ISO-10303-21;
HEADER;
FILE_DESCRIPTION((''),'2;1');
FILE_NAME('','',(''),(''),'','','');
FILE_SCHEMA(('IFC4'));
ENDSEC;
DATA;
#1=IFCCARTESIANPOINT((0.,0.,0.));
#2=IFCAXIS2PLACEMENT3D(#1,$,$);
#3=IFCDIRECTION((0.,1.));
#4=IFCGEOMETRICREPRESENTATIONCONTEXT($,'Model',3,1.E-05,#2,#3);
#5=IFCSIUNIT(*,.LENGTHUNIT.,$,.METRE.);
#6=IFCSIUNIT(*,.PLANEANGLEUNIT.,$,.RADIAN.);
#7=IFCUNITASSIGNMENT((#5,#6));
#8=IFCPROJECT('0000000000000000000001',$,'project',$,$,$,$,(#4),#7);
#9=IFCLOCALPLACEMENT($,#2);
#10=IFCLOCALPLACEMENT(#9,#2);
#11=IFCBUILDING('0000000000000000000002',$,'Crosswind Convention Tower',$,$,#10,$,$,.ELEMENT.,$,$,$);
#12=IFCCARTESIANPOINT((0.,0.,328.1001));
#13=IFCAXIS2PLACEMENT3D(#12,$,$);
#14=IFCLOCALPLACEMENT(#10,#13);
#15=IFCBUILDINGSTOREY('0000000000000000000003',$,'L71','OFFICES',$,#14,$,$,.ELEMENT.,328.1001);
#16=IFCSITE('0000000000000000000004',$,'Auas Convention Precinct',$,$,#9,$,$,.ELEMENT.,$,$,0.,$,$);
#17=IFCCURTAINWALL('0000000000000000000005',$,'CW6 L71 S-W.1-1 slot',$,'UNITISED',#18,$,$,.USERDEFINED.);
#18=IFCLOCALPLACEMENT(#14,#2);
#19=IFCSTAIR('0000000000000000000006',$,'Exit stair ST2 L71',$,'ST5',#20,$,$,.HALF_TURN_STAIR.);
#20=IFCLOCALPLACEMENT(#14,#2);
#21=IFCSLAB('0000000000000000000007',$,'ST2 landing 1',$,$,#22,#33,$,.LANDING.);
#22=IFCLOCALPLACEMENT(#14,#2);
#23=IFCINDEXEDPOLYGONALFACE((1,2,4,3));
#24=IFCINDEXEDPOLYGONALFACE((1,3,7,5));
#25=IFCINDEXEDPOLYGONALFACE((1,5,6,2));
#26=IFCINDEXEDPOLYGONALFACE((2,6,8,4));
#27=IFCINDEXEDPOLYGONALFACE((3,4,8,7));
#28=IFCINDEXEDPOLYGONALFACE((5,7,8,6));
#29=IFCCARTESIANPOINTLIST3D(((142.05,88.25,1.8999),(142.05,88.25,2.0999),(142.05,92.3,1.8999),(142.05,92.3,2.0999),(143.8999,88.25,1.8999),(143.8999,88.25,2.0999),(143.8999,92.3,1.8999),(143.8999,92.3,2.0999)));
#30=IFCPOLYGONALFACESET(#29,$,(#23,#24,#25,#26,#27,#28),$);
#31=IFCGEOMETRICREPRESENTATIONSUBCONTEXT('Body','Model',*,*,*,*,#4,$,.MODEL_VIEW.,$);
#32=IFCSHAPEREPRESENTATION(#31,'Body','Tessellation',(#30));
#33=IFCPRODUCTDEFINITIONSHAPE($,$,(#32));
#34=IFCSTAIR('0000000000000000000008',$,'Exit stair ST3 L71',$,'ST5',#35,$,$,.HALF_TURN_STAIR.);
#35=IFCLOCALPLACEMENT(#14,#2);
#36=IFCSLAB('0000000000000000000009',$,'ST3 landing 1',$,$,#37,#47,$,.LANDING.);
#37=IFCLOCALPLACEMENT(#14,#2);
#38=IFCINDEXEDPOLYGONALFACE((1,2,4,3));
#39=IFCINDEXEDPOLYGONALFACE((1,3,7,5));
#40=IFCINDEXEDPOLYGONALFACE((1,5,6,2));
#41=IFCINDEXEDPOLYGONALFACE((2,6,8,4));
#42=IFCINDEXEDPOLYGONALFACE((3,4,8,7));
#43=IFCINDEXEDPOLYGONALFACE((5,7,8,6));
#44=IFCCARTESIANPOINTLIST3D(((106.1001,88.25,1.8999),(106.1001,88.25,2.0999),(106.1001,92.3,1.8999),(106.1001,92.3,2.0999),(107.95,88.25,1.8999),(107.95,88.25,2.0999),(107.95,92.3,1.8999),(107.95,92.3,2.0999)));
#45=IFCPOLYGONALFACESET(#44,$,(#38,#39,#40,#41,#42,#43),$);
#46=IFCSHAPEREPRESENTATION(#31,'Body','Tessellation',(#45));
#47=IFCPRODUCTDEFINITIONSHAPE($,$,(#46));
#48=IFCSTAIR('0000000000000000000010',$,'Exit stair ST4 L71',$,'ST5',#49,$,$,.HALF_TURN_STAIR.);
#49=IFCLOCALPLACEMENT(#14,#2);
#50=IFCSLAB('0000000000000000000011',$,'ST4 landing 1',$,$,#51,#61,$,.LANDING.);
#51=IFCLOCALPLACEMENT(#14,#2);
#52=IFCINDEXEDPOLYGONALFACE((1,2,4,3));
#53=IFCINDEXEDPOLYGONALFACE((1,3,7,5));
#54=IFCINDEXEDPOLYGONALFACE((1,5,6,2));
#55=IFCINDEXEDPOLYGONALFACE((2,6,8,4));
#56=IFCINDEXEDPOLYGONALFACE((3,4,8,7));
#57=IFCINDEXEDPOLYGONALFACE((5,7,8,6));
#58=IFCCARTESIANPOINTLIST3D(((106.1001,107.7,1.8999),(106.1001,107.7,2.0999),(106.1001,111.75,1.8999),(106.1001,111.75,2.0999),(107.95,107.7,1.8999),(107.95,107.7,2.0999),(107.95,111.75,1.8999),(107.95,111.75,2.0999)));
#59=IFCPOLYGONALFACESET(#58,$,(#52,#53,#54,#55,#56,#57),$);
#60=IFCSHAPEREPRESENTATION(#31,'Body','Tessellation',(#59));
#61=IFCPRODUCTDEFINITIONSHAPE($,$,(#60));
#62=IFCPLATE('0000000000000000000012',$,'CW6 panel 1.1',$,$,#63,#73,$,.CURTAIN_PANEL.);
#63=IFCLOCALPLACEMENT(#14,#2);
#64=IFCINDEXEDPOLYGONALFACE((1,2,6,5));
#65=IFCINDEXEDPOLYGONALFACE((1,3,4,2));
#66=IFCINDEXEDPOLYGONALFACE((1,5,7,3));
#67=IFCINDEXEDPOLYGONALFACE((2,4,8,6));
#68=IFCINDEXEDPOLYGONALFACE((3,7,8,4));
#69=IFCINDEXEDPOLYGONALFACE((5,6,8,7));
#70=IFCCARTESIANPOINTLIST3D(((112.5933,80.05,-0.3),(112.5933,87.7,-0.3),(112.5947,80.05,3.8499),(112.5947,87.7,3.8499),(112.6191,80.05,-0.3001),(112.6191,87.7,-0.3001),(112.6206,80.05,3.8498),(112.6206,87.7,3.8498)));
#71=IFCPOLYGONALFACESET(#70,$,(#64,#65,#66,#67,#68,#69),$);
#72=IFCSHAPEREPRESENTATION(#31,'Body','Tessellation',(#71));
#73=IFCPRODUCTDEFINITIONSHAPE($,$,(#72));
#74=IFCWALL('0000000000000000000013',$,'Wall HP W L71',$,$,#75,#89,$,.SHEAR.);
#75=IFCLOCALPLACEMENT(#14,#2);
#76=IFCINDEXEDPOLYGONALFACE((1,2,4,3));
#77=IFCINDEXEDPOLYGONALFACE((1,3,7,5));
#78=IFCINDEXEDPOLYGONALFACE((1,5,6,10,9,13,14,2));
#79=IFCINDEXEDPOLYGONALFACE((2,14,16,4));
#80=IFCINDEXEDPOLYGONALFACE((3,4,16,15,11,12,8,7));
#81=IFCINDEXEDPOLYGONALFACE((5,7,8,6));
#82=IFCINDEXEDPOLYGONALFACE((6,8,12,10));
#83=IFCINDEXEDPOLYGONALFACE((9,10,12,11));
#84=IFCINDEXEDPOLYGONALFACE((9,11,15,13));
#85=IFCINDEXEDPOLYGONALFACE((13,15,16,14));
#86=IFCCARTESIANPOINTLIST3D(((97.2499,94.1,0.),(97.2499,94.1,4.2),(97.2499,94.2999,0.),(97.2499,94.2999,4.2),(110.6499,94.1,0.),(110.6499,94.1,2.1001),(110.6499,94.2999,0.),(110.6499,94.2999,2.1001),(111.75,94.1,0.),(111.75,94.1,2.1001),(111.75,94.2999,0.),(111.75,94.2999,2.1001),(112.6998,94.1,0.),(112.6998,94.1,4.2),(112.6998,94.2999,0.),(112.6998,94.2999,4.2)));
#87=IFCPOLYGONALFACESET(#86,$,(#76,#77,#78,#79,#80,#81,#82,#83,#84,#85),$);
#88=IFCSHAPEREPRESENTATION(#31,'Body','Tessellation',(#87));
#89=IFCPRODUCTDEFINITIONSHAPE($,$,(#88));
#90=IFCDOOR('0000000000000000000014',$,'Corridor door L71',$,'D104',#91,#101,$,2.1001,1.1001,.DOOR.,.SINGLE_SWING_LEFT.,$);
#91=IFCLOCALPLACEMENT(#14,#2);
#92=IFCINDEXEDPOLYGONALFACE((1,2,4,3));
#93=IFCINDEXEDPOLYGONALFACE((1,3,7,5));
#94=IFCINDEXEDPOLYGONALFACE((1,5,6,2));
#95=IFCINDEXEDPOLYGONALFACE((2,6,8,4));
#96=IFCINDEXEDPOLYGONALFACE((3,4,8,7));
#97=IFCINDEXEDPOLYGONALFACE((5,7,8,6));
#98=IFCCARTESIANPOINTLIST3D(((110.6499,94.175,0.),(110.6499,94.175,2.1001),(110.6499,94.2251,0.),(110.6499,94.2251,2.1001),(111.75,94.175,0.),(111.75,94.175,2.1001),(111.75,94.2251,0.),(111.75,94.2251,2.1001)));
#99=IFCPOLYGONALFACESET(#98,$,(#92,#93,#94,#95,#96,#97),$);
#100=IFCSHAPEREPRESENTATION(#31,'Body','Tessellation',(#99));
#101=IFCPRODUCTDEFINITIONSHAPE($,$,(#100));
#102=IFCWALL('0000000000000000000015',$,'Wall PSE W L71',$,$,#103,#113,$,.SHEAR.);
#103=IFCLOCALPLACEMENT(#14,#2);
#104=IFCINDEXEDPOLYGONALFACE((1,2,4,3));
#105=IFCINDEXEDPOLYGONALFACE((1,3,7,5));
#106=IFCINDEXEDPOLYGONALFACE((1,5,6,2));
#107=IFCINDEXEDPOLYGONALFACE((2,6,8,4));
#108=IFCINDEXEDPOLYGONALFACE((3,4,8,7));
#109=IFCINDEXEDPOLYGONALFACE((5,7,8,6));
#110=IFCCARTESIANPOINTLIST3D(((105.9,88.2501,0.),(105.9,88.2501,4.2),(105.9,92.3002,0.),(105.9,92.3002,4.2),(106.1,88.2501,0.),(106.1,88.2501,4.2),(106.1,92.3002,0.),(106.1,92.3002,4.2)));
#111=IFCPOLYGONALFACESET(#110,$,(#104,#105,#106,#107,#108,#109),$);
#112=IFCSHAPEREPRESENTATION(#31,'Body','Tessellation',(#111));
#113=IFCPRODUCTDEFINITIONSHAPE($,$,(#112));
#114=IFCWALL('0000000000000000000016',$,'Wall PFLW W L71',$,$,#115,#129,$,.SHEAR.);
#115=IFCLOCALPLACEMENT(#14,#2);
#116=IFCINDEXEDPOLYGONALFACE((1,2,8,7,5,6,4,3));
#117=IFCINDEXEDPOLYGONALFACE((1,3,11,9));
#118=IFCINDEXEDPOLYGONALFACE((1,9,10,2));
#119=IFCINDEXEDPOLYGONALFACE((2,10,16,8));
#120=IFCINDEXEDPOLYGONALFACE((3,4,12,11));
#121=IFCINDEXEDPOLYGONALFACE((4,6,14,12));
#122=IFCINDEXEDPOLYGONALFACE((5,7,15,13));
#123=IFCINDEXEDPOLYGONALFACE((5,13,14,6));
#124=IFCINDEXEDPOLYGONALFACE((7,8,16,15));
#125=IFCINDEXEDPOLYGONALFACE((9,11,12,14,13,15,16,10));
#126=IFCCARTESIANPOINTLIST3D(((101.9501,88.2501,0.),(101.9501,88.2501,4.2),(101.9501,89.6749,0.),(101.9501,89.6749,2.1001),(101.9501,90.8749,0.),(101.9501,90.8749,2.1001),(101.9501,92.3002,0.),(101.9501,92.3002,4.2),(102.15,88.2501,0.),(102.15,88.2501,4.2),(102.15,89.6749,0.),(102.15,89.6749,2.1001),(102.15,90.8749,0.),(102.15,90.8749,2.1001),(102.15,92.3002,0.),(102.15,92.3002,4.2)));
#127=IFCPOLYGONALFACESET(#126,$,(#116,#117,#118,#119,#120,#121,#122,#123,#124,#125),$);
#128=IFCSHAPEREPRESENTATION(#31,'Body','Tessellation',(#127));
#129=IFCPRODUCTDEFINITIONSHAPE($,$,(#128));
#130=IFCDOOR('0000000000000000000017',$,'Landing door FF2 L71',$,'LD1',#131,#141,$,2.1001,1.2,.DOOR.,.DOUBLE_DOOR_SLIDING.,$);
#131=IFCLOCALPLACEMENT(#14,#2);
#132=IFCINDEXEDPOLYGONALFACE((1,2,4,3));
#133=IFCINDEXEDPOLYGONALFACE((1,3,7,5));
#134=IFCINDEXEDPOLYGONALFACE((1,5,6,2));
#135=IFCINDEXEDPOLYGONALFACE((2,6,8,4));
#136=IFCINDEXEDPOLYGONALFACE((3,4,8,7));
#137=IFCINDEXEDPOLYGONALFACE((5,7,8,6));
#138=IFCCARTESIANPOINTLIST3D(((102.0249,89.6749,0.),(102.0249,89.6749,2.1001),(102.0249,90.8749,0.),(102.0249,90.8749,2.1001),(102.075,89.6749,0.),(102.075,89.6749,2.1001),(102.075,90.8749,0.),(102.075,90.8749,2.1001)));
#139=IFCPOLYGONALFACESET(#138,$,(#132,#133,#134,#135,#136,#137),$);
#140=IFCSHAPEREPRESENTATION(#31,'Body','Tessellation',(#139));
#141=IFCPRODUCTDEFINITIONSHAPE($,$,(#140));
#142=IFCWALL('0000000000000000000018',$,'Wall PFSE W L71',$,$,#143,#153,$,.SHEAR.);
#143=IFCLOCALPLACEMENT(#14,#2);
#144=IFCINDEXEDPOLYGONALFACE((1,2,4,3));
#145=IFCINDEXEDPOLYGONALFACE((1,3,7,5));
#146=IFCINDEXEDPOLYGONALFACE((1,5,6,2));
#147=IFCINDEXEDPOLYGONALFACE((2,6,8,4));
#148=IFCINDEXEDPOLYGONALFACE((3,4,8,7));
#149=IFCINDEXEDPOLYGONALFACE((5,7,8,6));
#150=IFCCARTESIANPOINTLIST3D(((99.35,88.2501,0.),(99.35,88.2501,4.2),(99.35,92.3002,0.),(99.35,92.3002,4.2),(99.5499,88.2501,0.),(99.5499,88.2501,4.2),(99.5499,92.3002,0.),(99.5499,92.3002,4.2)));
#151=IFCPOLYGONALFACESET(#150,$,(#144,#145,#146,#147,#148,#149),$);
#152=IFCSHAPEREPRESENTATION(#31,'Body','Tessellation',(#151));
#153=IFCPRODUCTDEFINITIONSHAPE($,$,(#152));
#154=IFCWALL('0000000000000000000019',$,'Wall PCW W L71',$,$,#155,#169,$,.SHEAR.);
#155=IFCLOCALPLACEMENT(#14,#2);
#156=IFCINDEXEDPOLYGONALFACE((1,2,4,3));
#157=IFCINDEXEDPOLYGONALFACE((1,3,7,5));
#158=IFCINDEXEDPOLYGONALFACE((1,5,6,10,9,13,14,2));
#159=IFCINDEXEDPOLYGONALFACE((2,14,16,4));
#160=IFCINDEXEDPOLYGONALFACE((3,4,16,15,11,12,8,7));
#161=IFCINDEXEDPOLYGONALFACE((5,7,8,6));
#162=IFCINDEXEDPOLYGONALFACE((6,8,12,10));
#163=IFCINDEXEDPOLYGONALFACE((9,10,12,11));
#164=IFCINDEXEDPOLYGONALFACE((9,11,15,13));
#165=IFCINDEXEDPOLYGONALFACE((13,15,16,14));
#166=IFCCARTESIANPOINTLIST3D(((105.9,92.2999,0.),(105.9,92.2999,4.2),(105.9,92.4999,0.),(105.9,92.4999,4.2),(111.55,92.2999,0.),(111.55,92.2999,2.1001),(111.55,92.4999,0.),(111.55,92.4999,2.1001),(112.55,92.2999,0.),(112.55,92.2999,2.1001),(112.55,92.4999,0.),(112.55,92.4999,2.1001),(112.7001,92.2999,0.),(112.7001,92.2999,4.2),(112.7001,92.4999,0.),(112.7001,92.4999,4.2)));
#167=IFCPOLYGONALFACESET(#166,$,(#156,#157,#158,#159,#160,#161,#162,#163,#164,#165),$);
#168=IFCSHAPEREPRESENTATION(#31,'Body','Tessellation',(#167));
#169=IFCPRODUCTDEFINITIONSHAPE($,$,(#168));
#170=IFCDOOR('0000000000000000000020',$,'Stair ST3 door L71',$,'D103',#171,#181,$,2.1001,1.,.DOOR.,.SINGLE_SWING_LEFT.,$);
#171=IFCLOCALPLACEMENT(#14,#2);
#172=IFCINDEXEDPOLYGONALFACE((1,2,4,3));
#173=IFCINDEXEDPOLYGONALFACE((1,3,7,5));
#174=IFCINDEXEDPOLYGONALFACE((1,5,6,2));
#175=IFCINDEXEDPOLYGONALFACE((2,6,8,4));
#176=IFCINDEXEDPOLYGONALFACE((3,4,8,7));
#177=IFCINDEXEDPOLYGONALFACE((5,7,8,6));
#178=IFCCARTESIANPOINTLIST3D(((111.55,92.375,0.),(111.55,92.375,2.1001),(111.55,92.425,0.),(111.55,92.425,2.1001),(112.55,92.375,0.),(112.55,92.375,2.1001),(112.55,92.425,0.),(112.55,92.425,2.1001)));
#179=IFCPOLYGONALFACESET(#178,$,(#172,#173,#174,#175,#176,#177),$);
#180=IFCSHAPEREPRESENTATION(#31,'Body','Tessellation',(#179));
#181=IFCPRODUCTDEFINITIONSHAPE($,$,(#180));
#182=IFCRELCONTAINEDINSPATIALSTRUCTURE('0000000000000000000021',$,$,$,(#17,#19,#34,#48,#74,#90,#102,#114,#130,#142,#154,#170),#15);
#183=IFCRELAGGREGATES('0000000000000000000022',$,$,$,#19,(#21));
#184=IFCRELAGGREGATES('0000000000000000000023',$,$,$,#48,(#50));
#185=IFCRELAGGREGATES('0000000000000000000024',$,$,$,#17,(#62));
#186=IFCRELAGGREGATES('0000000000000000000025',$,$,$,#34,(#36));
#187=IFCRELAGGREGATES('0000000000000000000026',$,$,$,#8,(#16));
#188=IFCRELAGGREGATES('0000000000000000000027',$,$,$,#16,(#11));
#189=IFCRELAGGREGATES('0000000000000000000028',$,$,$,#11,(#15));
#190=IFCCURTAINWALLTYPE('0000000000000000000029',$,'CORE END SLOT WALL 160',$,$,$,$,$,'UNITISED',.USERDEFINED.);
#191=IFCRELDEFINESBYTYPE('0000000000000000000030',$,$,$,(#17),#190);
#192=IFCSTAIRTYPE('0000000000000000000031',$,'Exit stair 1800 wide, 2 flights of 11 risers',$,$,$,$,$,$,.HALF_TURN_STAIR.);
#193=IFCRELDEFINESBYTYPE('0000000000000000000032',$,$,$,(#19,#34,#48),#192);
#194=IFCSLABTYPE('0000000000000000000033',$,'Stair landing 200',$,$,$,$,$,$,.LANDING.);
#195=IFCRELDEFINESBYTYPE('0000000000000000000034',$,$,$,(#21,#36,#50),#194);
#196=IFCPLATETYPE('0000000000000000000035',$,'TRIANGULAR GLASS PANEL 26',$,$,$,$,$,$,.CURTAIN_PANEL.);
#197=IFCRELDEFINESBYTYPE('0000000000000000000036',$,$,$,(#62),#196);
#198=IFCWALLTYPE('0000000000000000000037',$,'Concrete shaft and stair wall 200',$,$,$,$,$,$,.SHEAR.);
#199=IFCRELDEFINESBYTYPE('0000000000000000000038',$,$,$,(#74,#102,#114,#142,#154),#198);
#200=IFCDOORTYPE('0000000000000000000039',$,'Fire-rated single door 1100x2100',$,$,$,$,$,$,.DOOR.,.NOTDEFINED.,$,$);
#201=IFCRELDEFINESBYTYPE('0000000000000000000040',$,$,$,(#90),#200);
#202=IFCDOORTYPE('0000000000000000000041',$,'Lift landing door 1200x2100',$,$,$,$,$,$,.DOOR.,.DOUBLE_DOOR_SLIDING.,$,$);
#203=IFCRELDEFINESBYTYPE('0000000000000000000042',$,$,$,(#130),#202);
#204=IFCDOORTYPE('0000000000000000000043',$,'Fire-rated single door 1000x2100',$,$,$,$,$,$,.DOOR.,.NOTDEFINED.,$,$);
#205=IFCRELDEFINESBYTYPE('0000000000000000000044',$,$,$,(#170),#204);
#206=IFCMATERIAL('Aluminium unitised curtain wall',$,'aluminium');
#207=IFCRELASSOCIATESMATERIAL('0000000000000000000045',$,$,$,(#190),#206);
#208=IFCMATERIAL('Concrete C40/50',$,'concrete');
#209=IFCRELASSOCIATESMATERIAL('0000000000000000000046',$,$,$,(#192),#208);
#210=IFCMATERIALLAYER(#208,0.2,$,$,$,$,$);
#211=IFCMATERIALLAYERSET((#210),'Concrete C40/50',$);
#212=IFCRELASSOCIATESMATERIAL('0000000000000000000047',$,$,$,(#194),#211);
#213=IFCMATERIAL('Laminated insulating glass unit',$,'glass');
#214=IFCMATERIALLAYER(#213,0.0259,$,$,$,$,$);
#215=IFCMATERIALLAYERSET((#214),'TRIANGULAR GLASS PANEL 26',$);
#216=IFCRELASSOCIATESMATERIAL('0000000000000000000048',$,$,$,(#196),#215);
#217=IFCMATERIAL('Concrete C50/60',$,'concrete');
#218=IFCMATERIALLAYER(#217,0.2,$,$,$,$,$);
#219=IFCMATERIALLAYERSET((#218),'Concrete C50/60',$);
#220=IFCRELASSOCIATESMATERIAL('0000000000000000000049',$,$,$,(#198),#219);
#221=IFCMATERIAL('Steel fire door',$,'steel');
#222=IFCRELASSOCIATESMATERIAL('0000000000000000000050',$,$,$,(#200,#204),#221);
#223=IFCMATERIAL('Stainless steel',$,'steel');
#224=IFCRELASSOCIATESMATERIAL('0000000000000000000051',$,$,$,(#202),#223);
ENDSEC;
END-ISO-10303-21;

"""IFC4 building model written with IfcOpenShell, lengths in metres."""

from ifc_helpers import new_model, si_unit, direction, frame, frame_2d, origin, place, context, subcontext, project, spatial, polyline, rectangle, outline, extrude, material, layer, layer_set, type_object, element, fill, aggregate, save


model = new_model("IFC4")

# Units and contexts
model_context = context("Model", 3, precision=1e-05, world=origin(), true_north=direction((0.0, 1.0)))
body_context = subcontext(model_context, "Body", "Model", "MODEL_VIEW")
ifc_project = project(units=[si_unit("LENGTHUNIT", "METRE"), si_unit("PLANEANGLEUNIT", "RADIAN")], contexts=[model_context])

# Site, building, storey
site_placement = place(None, origin())
site = spatial("IfcSite", under=ifc_project, at=site_placement, Name="Auas Convention Precinct", CompositionType="ELEMENT", RefElevation=0.0)
building_placement = place(site_placement, origin())
building = spatial("IfcBuilding", under=site, at=building_placement, Name="Crosswind Convention Tower", CompositionType="ELEMENT")
storey_placement = place(building_placement, frame((0.0, 0.0, 328.1001)))
storey = spatial("IfcBuildingStorey", under=building, at=storey_placement, Name="L71", Description="OFFICES", CompositionType="ELEMENT", Elevation=328.1001)

# Curtain wall
ifc_material_1 = material(Name="Aluminium unitised curtain wall", Category="aluminium")
curtain_wall_type = type_object("IfcCurtainWallType", Name="CORE END SLOT WALL 160", ElementType="UNITISED", PredefinedType="USERDEFINED", material=ifc_material_1)
curtain_wall_placement = place(storey_placement, origin())
curtain_wall = element("IfcCurtainWall", 1, at=curtain_wall_placement, inside=storey, type_object=curtain_wall_type, Name="CW6 L71 S-W.1-1 slot", ObjectType="UNITISED", PredefinedType="USERDEFINED")

# Shared definitions
ifc_material_2 = material(Name="Concrete C40/50", Category="concrete")

# Stairs, slabs
stair_type = type_object("IfcStairType", Name="Exit stair 1800 wide, 2 flights of 11 risers", PredefinedType="HALF_TURN_STAIR", material=ifc_material_2)
ifc_layer_1 = layer(ifc_material_2, 0.2)
ifc_layer_set_1 = layer_set([ifc_layer_1], Name="Concrete C40/50")
slab_type_1 = type_object("IfcSlabType", Name="Stair landing 200", PredefinedType="LANDING", material=ifc_layer_set_1)
stair_1_placement = place(storey_placement, origin())
stair_1 = element("IfcStair", 2, at=stair_1_placement, inside=storey, type_object=stair_type, Name="Exit stair ST2 L71", ObjectType="ST5", PredefinedType="HALF_TURN_STAIR")
slab_1_placement = place(storey_placement, frame((0.0, 0.0, 1.8999)))
slab_1 = element("IfcSlab", 3, at=slab_1_placement, type_object=slab_type_1, Name="ST2 landing 1", PredefinedType="LANDING", context=body_context, shape_type="SweptSolid", body=[
    extrude(outline(polyline([(143.8999, 88.25), (143.8999, 92.3), (142.05, 92.3), (142.05, 88.25), (143.8999, 88.25)])), origin(), (0.0, 0.0, 1.0), 0.2),
])
aggregate(stair_1, [slab_1])
stair_2_placement = place(storey_placement, origin())
stair_2 = element("IfcStair", 4, at=stair_2_placement, inside=storey, type_object=stair_type, Name="Exit stair ST3 L71", ObjectType="ST5", PredefinedType="HALF_TURN_STAIR")
slab_2_placement = place(storey_placement, frame((0.0, 0.0, 1.8999)))
slab_2 = element("IfcSlab", 5, at=slab_2_placement, type_object=slab_type_1, Name="ST3 landing 1", PredefinedType="LANDING", context=body_context, shape_type="SweptSolid", body=[
    extrude(outline(polyline([(107.95, 88.25), (107.95, 92.3), (106.1001, 92.3), (106.1001, 88.25), (107.95, 88.25)])), origin(), (0.0, 0.0, 1.0), 0.2),
])
stair_3_placement = place(storey_placement, origin())
stair_3 = element("IfcStair", 6, at=stair_3_placement, inside=storey, type_object=stair_type, Name="Exit stair ST4 L71", ObjectType="ST5", PredefinedType="HALF_TURN_STAIR")
slab_3_placement = place(storey_placement, frame((0.0, 0.0, 1.8999)))
slab_3 = element("IfcSlab", 7, at=slab_3_placement, type_object=slab_type_1, Name="ST4 landing 1", PredefinedType="LANDING", context=body_context, shape_type="SweptSolid", body=[
    extrude(outline(polyline([(107.95, 107.7), (107.95, 111.75), (106.1001, 111.75), (106.1001, 107.7), (107.95, 107.7)])), origin(), (0.0, 0.0, 1.0), 0.2),
])
aggregate(stair_3, [slab_3])

# Plate
ifc_material_3 = material(Name="Laminated insulating glass unit", Category="glass")
ifc_layer_2 = layer(ifc_material_3, 0.0259)
ifc_layer_set_2 = layer_set([ifc_layer_2], Name="TRIANGULAR GLASS PANEL 26")
plate_type = type_object("IfcPlateType", Name="TRIANGULAR GLASS PANEL 26", PredefinedType="CURTAIN_PANEL", material=ifc_layer_set_2)
plate_placement = place(storey_placement, frame((112.5933, 87.7, -0.3), z_axis=(-1.0, 0.0, 0.000353), x_axis=(0.0, -1.0, 0.0)))
plate = element("IfcPlate", 8, at=plate_placement, type_object=plate_type, Name="CW6 panel 1.1", PredefinedType="CURTAIN_PANEL", context=body_context, shape_type="SweptSolid", body=[
    extrude(outline(polyline([(0.0, 0.0), (7.6499, 0.0), (7.6499, 4.1499), (0.0, 4.1499), (0.0, 0.0)])), origin(), (0.0, 0.0, -1.0), 0.0259),
])
aggregate(curtain_wall, [plate])

# Wall, opening, door
ifc_material_4 = material(Name="Concrete C50/60", Category="concrete")
ifc_layer_3 = layer(ifc_material_4, 0.2)
ifc_layer_set_3 = layer_set([ifc_layer_3], Name="Concrete C50/60")
wall_type_1 = type_object("IfcWallType", Name="Concrete shaft and stair wall 200", PredefinedType="SHEAR", material=ifc_layer_set_3)
wall_1_placement = place(storey_placement, frame((112.7, 94.2, 0.0), z_axis=(0.0, 0.0, 1.0), x_axis=(-1.0, 0.0, 0.0)))
wall_1 = element("IfcWall", 9, at=wall_1_placement, inside=storey, type_object=wall_type_1, Name="Wall HP W L71", PredefinedType="SHEAR", context=body_context, shape_type="SweptSolid", body=[
    extrude(rectangle(XDim=15.45, YDim=0.2, at=frame_2d((7.7251, 0.0))), origin(), (0.0, 0.0, 1.0), 4.2),
])
opening_1_placement = place(wall_1_placement, frame((0.95, 0.0, 0.0)))
opening_1 = element("IfcOpeningElement", 10, at=opening_1_placement, cuts=wall_1, PredefinedType="OPENING", context=body_context, shape_type="SweptSolid", body=[
    extrude(rectangle(XDim=1.1001, YDim=2.1001, at=frame_2d((0.55, 1.05))), frame((0.0, 0.1099, 0.0), z_axis=(0.0, -1.0, 0.0), x_axis=(1.0, 0.0, 0.0)), (0.0, 0.0, 1.0), 0.22),
])
ifc_material_5 = material(Name="Steel fire door", Category="steel")
door_type_1 = type_object("IfcDoorType", Name="Fire-rated single door 1100x2100", OperationType="NOTDEFINED", PredefinedType="DOOR", material=ifc_material_5)
door_1_placement = place(opening_1_placement, origin())
door_1 = element("IfcDoor", 11, at=door_1_placement, inside=storey, type_object=door_type_1, Name="Corridor door L71", ObjectType="D104", OperationType="SINGLE_SWING_LEFT", OverallHeight=2.1001, OverallWidth=1.1001, PredefinedType="DOOR", context=body_context, shape_type="SweptSolid", body=[
    extrude(rectangle(XDim=1.1001, YDim=2.1001, at=frame_2d((0.55, 1.05))), frame((0.0, 0.0249, 0.0), z_axis=(0.0, -1.0, 0.0), x_axis=(1.0, 0.0, 0.0)), (0.0, 0.0, 1.0), 0.05),
])
fill(opening_1, door_1)

# Wall
wall_2_placement = place(storey_placement, frame((106.0, 92.3, 0.0), z_axis=(0.0, 0.0, 1.0), x_axis=(0.0, -1.0, 0.0)))
element("IfcWall", 12, at=wall_2_placement, inside=storey, type_object=wall_type_1, Name="Wall PSE W L71", PredefinedType="SHEAR", context=body_context, shape_type="SweptSolid", body=[
    extrude(rectangle(XDim=4.05, YDim=0.2, at=frame_2d((2.0249, 0.0))), origin(), (0.0, 0.0, 1.0), 4.2),
])

# Wall, opening, door
wall_3_placement = place(storey_placement, frame((102.05, 92.3, 0.0), z_axis=(0.0, 0.0, 1.0), x_axis=(0.0, -1.0, 0.0)))
wall_3 = element("IfcWall", 13, at=wall_3_placement, inside=storey, type_object=wall_type_1, Name="Wall PFLW W L71", PredefinedType="SHEAR", context=body_context, shape_type="SweptSolid", body=[
    extrude(rectangle(XDim=4.05, YDim=0.2, at=frame_2d((2.0249, 0.0))), origin(), (0.0, 0.0, 1.0), 4.2),
])
opening_2_placement = place(wall_3_placement, frame((1.425, 0.0, 0.0)))
opening_2 = element("IfcOpeningElement", 14, at=opening_2_placement, cuts=wall_3, PredefinedType="OPENING", context=body_context, shape_type="SweptSolid", body=[
    extrude(rectangle(XDim=1.2, YDim=2.1001, at=frame_2d((0.6001, 1.05))), frame((0.0, 0.1099, 0.0), z_axis=(0.0, -1.0, 0.0), x_axis=(1.0, 0.0, 0.0)), (0.0, 0.0, 1.0), 0.22),
])
ifc_material_6 = material(Name="Stainless steel", Category="steel")
door_type_2 = type_object("IfcDoorType", Name="Lift landing door 1200x2100", OperationType="DOUBLE_DOOR_SLIDING", PredefinedType="DOOR", material=ifc_material_6)
door_2_placement = place(opening_2_placement, origin())
door_2 = element("IfcDoor", 15, at=door_2_placement, inside=storey, type_object=door_type_2, Name="Landing door FF2 L71", ObjectType="LD1", OperationType="DOUBLE_DOOR_SLIDING", OverallHeight=2.1001, OverallWidth=1.2, PredefinedType="DOOR", context=body_context, shape_type="SweptSolid", body=[
    extrude(rectangle(XDim=1.2, YDim=2.1001, at=frame_2d((0.6001, 1.05))), frame((0.0, 0.0249, 0.0), z_axis=(0.0, -1.0, 0.0), x_axis=(1.0, 0.0, 0.0)), (0.0, 0.0, 1.0), 0.05),
])
fill(opening_2, door_2)

# Wall
wall_4_placement = place(storey_placement, frame((99.45, 92.3, 0.0), z_axis=(0.0, 0.0, 1.0), x_axis=(0.0, -1.0, 0.0)))
element("IfcWall", 16, at=wall_4_placement, inside=storey, type_object=wall_type_1, Name="Wall PFSE W L71", PredefinedType="SHEAR", context=body_context, shape_type="SweptSolid", body=[
    extrude(rectangle(XDim=4.05, YDim=0.2, at=frame_2d((2.0249, 0.0))), origin(), (0.0, 0.0, 1.0), 4.2),
])

# Wall, opening, door
wall_5_placement = place(storey_placement, frame((112.7, 92.3999, 0.0), z_axis=(0.0, 0.0, 1.0), x_axis=(-1.0, 0.0, 0.0)))
wall_5 = element("IfcWall", 17, at=wall_5_placement, inside=storey, type_object=wall_type_1, Name="Wall PCW W L71", PredefinedType="SHEAR", context=body_context, shape_type="SweptSolid", body=[
    extrude(rectangle(XDim=6.8, YDim=0.2, at=frame_2d((3.3999, 0.0))), origin(), (0.0, 0.0, 1.0), 4.2),
])
opening_3_placement = place(wall_5_placement, frame((0.1499, 0.0, 0.0)))
opening_3 = element("IfcOpeningElement", 18, at=opening_3_placement, cuts=wall_5, PredefinedType="OPENING", context=body_context, shape_type="SweptSolid", body=[
    extrude(rectangle(XDim=1.0, YDim=2.1001, at=frame_2d((0.5, 1.05))), frame((0.0, 0.1099, 0.0), z_axis=(0.0, -1.0, 0.0), x_axis=(1.0, 0.0, 0.0)), (0.0, 0.0, 1.0), 0.22),
])
door_type_3 = type_object("IfcDoorType", Name="Fire-rated single door 1000x2100", OperationType="NOTDEFINED", PredefinedType="DOOR", material=ifc_material_5)
door_3_placement = place(opening_3_placement, origin())
door_3 = element("IfcDoor", 19, at=door_3_placement, inside=storey, type_object=door_type_3, Name="Stair ST3 door L71", ObjectType="D103", OperationType="SINGLE_SWING_LEFT", OverallHeight=2.1001, OverallWidth=1.0, PredefinedType="DOOR", context=body_context, shape_type="SweptSolid", body=[
    extrude(rectangle(XDim=1.0, YDim=2.1001, at=frame_2d((0.5, 1.05))), frame((0.0, 0.0249, 0.0), z_axis=(0.0, -1.0, 0.0), x_axis=(1.0, 0.0, 0.0)), (0.0, 0.0, 1.0), 0.05),
])
fill(opening_3, door_3)

aggregate(stair_2, [slab_2])

save(model, "model.ifc")
